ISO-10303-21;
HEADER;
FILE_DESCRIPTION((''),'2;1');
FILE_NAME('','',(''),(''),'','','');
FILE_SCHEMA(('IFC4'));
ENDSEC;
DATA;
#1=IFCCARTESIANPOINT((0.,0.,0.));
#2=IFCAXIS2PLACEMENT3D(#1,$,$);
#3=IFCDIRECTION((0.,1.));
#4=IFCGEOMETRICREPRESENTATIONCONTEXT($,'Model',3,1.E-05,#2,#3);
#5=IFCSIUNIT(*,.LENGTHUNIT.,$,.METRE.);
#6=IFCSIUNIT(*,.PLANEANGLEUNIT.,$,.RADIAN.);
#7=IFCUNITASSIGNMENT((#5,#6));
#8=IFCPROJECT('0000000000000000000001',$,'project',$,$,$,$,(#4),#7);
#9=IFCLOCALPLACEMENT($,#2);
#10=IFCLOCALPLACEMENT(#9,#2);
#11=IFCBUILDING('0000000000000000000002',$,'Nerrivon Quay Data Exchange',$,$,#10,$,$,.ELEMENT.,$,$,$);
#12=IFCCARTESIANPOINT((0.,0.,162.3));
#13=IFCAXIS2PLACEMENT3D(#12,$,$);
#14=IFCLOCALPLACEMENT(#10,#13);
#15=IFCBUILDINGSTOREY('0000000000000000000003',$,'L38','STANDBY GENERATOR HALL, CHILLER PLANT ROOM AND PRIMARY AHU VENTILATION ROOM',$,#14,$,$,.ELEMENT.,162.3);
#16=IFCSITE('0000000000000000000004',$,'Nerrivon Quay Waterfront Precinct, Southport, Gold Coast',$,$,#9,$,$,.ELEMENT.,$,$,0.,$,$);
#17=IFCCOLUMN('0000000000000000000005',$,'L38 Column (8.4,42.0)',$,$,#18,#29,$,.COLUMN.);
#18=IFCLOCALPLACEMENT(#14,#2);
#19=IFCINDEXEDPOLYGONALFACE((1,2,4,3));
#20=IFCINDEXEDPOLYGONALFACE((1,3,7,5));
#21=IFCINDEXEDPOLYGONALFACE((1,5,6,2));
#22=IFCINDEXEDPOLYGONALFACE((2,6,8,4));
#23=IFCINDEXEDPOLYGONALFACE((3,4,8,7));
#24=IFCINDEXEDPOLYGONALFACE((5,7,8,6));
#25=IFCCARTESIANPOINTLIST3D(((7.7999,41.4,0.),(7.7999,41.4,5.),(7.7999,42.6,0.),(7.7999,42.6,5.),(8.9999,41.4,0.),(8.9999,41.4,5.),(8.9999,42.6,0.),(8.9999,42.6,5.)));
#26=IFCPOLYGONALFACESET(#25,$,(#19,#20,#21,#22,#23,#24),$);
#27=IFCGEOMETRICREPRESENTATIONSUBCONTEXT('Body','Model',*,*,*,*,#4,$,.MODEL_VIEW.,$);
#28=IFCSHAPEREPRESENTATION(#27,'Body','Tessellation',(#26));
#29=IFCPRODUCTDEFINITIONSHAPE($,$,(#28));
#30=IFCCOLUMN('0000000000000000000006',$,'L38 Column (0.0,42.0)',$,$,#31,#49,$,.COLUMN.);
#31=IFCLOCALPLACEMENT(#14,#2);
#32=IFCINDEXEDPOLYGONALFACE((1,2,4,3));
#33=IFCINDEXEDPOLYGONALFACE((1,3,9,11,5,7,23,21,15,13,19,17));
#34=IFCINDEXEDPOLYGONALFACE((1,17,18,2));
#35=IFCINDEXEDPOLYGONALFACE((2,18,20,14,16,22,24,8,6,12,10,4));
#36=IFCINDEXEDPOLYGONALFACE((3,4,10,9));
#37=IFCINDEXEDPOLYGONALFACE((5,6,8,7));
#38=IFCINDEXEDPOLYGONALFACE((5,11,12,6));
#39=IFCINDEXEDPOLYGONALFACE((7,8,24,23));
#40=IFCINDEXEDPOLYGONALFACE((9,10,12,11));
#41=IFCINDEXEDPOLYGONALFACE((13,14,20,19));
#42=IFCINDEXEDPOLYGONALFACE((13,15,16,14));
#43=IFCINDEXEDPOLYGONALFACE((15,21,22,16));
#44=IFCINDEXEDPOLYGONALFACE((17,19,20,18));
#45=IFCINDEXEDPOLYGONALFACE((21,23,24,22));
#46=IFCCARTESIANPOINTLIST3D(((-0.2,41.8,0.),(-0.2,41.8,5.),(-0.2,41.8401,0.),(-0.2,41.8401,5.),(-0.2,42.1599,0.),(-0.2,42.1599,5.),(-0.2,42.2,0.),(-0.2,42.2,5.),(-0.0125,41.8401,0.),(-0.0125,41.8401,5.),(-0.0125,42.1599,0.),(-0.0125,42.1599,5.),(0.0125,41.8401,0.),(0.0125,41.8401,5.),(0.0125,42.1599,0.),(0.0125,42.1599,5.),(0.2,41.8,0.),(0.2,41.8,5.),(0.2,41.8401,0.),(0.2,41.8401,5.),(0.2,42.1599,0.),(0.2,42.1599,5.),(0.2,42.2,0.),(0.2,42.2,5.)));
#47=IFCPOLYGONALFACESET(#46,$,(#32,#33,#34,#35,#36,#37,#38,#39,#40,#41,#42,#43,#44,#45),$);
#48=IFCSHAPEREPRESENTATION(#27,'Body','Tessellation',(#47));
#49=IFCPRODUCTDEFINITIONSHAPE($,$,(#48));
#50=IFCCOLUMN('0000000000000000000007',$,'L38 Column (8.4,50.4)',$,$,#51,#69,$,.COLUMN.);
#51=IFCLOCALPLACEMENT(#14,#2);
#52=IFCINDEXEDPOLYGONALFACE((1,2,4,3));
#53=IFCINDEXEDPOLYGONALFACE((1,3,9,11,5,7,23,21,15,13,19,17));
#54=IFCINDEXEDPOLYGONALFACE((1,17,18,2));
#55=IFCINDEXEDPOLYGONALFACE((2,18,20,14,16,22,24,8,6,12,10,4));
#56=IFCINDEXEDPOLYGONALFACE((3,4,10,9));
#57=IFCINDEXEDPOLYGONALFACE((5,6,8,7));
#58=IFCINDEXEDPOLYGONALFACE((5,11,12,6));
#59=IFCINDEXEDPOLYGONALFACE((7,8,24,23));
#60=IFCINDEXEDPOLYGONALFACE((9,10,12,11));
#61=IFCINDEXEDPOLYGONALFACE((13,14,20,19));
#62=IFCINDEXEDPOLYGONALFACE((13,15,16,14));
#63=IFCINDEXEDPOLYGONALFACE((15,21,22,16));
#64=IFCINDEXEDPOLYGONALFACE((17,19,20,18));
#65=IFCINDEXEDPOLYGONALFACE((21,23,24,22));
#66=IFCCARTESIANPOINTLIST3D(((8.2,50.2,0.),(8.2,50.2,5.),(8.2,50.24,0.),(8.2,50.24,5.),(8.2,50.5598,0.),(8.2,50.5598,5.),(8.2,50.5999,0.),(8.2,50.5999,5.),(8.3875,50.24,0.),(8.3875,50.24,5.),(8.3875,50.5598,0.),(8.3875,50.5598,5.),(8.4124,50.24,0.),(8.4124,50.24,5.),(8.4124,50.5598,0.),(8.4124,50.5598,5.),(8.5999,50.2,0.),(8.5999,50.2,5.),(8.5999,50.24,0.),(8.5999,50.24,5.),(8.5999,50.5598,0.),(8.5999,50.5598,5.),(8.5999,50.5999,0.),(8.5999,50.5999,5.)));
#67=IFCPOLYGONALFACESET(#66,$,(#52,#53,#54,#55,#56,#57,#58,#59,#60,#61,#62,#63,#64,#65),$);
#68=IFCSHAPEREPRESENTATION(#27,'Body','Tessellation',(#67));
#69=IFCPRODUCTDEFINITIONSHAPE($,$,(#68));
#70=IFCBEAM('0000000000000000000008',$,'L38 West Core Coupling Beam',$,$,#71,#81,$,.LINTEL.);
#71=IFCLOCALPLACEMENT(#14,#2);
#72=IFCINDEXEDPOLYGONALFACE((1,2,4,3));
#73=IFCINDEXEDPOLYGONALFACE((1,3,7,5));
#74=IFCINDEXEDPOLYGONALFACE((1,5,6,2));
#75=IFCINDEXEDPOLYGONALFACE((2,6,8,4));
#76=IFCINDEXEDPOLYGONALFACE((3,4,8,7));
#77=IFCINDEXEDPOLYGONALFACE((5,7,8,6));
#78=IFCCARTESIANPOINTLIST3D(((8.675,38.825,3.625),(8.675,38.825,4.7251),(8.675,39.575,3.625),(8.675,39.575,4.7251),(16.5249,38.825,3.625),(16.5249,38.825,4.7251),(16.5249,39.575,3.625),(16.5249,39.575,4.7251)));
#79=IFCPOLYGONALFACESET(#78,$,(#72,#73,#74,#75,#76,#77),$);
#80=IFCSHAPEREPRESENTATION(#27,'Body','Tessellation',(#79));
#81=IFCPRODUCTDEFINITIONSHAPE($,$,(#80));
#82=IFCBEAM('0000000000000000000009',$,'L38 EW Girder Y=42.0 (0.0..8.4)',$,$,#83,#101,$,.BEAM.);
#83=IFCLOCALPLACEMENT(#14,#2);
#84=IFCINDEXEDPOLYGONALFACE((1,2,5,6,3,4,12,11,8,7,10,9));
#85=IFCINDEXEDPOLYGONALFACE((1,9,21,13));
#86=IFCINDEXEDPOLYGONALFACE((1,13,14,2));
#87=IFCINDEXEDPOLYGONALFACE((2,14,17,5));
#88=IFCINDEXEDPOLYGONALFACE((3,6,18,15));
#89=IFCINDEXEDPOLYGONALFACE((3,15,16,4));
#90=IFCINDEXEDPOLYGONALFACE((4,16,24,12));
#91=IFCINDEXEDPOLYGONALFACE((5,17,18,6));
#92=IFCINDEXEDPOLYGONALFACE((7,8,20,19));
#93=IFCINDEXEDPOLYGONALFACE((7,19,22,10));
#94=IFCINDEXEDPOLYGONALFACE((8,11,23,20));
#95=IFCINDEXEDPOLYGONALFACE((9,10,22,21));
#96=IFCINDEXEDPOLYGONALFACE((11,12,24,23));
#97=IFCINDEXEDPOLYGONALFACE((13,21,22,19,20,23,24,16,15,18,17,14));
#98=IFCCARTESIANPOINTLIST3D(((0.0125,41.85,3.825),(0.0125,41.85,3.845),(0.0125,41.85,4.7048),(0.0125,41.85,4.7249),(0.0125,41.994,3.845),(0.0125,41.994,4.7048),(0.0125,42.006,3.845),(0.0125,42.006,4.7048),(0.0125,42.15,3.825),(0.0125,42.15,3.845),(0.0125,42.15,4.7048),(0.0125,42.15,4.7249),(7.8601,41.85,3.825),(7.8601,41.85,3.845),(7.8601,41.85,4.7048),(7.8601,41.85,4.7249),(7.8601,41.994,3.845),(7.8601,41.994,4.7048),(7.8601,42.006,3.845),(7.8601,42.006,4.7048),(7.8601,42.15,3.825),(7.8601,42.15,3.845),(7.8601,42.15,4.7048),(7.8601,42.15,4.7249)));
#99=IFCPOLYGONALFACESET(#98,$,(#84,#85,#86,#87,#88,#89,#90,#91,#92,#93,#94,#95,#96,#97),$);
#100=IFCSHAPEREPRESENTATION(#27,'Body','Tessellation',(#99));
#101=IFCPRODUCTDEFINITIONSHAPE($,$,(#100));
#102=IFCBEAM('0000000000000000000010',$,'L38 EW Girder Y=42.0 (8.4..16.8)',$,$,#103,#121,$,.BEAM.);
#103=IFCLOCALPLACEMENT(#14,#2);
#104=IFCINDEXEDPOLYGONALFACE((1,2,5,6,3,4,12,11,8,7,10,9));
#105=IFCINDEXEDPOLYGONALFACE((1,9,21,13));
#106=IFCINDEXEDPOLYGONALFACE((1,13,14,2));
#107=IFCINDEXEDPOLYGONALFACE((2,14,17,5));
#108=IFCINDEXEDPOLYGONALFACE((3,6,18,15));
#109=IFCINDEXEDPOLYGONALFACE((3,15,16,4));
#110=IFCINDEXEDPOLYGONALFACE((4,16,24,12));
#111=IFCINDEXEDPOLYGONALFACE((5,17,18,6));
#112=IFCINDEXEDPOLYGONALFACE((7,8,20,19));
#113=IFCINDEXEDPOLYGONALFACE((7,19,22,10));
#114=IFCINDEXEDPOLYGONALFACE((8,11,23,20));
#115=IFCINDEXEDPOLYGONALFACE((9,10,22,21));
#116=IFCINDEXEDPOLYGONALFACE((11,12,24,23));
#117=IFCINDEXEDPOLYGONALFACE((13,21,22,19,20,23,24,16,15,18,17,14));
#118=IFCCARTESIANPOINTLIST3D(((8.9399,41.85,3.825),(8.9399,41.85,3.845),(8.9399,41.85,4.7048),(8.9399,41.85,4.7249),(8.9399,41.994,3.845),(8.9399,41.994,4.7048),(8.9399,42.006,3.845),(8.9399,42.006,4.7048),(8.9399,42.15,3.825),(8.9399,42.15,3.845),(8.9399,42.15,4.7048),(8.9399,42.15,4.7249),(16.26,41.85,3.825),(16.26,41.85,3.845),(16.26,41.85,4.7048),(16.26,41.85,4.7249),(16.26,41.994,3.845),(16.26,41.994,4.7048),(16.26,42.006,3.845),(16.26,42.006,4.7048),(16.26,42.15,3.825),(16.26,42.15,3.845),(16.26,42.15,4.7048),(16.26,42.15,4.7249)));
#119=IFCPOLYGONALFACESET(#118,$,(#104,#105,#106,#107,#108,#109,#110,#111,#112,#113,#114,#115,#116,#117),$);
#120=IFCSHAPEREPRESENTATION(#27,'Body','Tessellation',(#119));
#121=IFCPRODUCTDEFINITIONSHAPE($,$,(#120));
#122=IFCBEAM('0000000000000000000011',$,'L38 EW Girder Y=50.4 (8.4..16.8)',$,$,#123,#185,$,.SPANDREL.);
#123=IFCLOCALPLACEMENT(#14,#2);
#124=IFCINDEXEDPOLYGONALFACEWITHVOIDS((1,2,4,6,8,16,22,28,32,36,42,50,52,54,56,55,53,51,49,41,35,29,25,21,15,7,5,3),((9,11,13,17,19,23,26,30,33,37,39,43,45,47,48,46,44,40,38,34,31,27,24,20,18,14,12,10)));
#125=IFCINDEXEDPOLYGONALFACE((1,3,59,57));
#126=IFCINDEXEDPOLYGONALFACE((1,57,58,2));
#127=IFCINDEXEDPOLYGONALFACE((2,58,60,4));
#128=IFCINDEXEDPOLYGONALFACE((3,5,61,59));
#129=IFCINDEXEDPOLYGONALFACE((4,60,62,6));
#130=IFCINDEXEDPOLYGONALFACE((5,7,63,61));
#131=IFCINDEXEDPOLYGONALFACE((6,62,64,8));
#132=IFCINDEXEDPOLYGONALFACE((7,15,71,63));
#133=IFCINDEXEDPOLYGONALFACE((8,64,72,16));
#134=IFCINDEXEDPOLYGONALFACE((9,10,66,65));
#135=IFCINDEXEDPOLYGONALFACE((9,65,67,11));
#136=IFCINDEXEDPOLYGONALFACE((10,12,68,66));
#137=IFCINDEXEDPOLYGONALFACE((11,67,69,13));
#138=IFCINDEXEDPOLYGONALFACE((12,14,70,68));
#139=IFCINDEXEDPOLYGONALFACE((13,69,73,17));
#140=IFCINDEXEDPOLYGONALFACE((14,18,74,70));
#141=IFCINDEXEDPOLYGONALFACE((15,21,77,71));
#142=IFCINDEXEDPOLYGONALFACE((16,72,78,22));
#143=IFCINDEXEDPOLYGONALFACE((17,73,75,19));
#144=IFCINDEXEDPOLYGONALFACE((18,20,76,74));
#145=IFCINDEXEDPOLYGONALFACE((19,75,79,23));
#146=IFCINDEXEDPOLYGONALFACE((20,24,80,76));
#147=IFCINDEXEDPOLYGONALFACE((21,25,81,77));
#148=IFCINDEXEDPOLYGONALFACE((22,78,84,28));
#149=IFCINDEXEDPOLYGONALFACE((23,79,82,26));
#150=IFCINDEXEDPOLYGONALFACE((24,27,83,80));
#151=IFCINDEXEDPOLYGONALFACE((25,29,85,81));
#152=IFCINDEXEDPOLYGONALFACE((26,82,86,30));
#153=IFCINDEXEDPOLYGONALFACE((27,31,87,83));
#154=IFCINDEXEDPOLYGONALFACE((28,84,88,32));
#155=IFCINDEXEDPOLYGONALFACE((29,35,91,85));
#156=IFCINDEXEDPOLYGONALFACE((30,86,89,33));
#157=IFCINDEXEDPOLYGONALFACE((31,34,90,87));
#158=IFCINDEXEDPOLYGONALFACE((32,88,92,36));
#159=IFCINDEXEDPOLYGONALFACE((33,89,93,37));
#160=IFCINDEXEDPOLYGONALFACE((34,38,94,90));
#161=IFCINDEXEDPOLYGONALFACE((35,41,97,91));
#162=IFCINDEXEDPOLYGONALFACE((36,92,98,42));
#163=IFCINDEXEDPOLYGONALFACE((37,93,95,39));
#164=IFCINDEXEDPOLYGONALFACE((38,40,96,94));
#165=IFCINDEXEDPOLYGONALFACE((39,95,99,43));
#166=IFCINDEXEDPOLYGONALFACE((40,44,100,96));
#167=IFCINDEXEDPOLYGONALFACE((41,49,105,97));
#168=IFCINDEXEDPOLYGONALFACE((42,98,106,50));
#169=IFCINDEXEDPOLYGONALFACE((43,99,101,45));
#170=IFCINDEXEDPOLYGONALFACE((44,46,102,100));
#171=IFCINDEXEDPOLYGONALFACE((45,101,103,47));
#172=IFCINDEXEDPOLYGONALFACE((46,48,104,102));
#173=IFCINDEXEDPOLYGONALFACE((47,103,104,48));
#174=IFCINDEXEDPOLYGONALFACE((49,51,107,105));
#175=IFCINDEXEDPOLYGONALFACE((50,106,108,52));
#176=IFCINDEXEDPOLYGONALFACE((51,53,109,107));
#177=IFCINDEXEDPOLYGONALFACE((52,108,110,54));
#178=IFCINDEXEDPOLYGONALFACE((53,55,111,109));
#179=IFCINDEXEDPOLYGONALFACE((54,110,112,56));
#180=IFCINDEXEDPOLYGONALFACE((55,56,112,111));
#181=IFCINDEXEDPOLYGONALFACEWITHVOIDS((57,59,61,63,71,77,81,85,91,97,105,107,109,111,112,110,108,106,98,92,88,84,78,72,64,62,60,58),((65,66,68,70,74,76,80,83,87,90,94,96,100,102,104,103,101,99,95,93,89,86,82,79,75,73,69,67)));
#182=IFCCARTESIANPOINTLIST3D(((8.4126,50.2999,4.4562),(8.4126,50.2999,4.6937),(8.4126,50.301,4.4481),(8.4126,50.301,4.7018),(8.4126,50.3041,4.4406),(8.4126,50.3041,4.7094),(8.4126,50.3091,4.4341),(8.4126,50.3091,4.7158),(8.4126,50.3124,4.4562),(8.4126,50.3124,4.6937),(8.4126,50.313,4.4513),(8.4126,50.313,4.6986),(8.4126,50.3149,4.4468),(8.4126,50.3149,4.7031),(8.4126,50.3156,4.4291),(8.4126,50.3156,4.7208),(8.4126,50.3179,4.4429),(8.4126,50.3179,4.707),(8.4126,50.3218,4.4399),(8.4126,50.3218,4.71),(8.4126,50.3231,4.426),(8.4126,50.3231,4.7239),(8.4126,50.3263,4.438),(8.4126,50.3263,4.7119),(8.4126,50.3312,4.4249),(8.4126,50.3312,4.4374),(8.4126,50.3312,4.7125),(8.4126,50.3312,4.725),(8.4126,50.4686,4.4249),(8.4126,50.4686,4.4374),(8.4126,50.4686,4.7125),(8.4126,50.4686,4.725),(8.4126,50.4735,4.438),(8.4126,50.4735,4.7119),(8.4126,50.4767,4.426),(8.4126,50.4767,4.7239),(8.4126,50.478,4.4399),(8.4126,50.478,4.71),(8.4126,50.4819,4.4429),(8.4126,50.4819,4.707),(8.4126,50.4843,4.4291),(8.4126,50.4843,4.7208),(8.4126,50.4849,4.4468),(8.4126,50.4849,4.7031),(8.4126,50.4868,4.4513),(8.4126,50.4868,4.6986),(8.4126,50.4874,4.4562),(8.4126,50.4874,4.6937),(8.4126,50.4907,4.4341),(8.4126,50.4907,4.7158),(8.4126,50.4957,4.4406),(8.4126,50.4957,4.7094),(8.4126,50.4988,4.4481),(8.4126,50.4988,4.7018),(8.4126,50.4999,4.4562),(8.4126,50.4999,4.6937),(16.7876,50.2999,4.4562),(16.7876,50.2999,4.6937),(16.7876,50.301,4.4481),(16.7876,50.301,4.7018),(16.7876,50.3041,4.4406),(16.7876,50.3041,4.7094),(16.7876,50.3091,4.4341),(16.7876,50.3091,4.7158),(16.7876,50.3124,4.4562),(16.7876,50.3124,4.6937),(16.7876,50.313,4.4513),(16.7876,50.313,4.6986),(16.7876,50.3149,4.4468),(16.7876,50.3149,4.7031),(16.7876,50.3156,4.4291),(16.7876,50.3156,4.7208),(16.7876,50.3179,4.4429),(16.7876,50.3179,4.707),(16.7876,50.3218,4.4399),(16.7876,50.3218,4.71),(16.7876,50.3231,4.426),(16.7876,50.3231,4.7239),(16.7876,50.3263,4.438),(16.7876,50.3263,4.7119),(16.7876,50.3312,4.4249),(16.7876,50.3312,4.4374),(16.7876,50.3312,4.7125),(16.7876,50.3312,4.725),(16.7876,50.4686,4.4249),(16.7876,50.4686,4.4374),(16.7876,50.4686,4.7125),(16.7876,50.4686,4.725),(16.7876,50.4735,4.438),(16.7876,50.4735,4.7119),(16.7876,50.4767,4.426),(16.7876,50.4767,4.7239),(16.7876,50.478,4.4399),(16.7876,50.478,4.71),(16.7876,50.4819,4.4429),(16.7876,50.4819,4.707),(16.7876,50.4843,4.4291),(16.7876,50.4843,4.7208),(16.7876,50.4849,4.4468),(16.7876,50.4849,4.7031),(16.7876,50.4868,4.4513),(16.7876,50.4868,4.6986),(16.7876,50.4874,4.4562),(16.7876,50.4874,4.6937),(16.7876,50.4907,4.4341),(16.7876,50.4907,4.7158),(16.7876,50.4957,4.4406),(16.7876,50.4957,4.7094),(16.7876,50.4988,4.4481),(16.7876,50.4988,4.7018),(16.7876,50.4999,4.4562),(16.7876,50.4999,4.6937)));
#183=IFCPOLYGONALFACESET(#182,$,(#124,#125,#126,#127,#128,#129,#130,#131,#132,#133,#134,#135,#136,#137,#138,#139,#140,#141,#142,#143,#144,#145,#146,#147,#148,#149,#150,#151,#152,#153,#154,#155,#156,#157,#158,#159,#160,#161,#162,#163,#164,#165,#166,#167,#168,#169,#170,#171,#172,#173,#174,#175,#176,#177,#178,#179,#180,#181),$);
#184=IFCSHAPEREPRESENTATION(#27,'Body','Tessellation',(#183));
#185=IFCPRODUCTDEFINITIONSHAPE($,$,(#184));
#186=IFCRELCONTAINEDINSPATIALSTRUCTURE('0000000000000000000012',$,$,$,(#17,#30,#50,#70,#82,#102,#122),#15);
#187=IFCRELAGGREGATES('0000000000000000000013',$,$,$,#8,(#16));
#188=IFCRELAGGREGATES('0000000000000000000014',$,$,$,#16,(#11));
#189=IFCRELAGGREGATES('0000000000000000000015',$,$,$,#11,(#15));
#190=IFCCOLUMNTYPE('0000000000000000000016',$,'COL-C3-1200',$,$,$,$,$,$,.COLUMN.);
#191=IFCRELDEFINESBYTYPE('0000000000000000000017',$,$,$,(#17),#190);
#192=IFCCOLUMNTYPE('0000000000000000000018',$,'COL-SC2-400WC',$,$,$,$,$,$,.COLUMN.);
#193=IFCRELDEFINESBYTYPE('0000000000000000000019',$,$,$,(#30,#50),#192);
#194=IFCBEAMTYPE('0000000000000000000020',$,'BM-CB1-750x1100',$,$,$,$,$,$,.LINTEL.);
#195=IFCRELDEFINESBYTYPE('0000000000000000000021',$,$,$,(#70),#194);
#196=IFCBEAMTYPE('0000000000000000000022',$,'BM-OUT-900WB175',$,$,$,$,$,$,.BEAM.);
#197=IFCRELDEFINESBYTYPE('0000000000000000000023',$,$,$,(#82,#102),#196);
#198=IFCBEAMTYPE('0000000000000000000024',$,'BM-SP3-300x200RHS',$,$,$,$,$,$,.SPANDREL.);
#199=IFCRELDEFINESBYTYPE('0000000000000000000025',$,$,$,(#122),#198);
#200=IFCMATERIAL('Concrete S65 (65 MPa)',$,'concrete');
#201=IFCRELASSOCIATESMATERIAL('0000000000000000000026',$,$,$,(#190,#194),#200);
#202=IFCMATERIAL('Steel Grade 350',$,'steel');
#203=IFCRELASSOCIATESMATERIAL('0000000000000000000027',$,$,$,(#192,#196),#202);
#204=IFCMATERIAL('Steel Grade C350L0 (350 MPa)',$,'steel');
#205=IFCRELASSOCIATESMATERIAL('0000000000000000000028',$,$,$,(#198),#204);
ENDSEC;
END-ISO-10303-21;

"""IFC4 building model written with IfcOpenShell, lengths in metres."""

from ifc_helpers import new_model, si_unit, direction, frame, origin, origin_2d, place, context, subcontext, project, spatial, rectangle, hollow_rectangle, i_section, extrude, material, material_profile, profile_set, type_object, element, save


model = new_model("IFC4")

# Units and contexts
model_context = context("Model", 3, precision=1e-05, world=origin(), true_north=direction((0.0, 1.0)))
body_context = subcontext(model_context, "Body", "Model", "MODEL_VIEW")
ifc_project = project(units=[si_unit("LENGTHUNIT", "METRE"), si_unit("PLANEANGLEUNIT", "RADIAN")], contexts=[model_context])

# Site, building, storey
site_placement = place(None, origin())
site = spatial("IfcSite", under=ifc_project, at=site_placement, Name="Nerrivon Quay Waterfront Precinct, Southport, Gold Coast", CompositionType="ELEMENT", RefElevation=0.0)
building_placement = place(site_placement, origin())
building = spatial("IfcBuilding", under=site, at=building_placement, Name="Nerrivon Quay Data Exchange", CompositionType="ELEMENT")
storey_placement = place(building_placement, frame((0.0, 0.0, 162.3)))
storey = spatial("IfcBuildingStorey", under=building, at=storey_placement, Name="L38", Description="STANDBY GENERATOR HALL, CHILLER PLANT ROOM AND PRIMARY AHU VENTILATION ROOM", CompositionType="ELEMENT", Elevation=162.3)

# Columns
ifc_material_1 = material(Name="Concrete S65 (65 MPa)", Category="concrete")
ifc_material_profile_1 = material_profile(ifc_material_1, rectangle(XDim=1.2, YDim=1.2, at=origin_2d()), Name="RC-COL-1200x1200")
ifc_profile_set_1 = profile_set([ifc_material_profile_1], Name="Concrete S65 (65 MPa)")
column_type_1 = type_object("IfcColumnType", Name="COL-C3-1200", PredefinedType="COLUMN", material=ifc_profile_set_1)
column_placement = place(storey_placement, frame((8.3999, 42.0, 0.0), z_axis=(0.0, 0.0, 1.0), x_axis=(1.0, 0.0, 0.0)))
element("IfcColumn", 1, at=column_placement, inside=storey, type_object=column_type_1, Name="L38 Column (8.4,42.0)", PredefinedType="COLUMN", context=body_context, shape_type="SweptSolid", body=[
    extrude(rectangle(XDim=1.2, YDim=1.2, at=origin_2d()), origin(), (0.0, 0.0, 1.0), 5.0),
])
ifc_material_2 = material(Name="Steel Grade 350", Category="steel")
ifc_material_profile_2 = material_profile(ifc_material_2, i_section(OverallWidth=0.3999, OverallDepth=0.3999, WebThickness=0.0249, FlangeThickness=0.04, at=origin_2d()), Name="400WC328")
ifc_profile_set_2 = profile_set([ifc_material_profile_2], Name="Steel Grade 350")
column_type_2 = type_object("IfcColumnType", Name="COL-SC2-400WC", PredefinedType="COLUMN", material=ifc_profile_set_2)
for number, where, z_axis, x_axis, name in (
    (2, (0.0, 42.0, 0.0), (0.0, 0.0, 1.0), (1.0, 0.0, 0.0), "L38 Column (0.0,42.0)"),
    (3, (8.3999, 50.3999, 0.0), (0.0, 0.0, 1.0), (1.0, 0.0, 0.0), "L38 Column (8.4,50.4)"),
):
    element("IfcColumn", number, at=place(storey_placement, frame(where, z_axis=z_axis, x_axis=x_axis)), inside=storey, type_object=column_type_2, Name=name, PredefinedType="COLUMN", context=body_context, shape_type="SweptSolid", body=[
        extrude(i_section(OverallWidth=0.3999, OverallDepth=0.3999, WebThickness=0.0249, FlangeThickness=0.04, at=origin_2d()), origin(), (0.0, 0.0, 1.0), 5.0),
    ])

# Beams
ifc_material_profile_3 = material_profile(ifc_material_1, rectangle(XDim=0.75, YDim=1.1001, at=origin_2d()), Name="RC-CB-750x1100")
ifc_profile_set_3 = profile_set([ifc_material_profile_3], Name="Concrete S65 (65 MPa)")
beam_type_1 = type_object("IfcBeamType", Name="BM-CB1-750x1100", PredefinedType="LINTEL", material=ifc_profile_set_3)
beam_1_placement = place(storey_placement, frame((8.675, 39.2, 4.175), z_axis=(1.0, 0.0, 0.0), x_axis=(0.0, 1.0, 0.0)))
element("IfcBeam", 4, at=beam_1_placement, inside=storey, type_object=beam_type_1, Name="L38 West Core Coupling Beam", PredefinedType="LINTEL", context=body_context, shape_type="SweptSolid", body=[
    extrude(rectangle(XDim=0.75, YDim=1.1001, at=origin_2d()), origin(), (0.0, 0.0, 1.0), 7.8499),
])
ifc_material_profile_4 = material_profile(ifc_material_2, i_section(OverallWidth=0.3, OverallDepth=0.8999, WebThickness=0.012, FlangeThickness=0.02, at=origin_2d()), Name="900WB175")
ifc_profile_set_4 = profile_set([ifc_material_profile_4], Name="Steel Grade 350")
beam_type_2 = type_object("IfcBeamType", Name="BM-OUT-900WB175", PredefinedType="BEAM", material=ifc_profile_set_4)
beam_2_placement = place(storey_placement, frame((0.0125, 42.0, 4.2749), z_axis=(1.0, 0.0, 0.0), x_axis=(0.0, 1.0, 0.0)))
element("IfcBeam", 5, at=beam_2_placement, inside=storey, type_object=beam_type_2, Name="L38 EW Girder Y=42.0 (0.0..8.4)", PredefinedType="BEAM", context=body_context, shape_type="SweptSolid", body=[
    extrude(i_section(OverallWidth=0.3, OverallDepth=0.8999, WebThickness=0.012, FlangeThickness=0.02, at=origin_2d()), origin(), (0.0, 0.0, 1.0), 7.8477),
])
beam_3_placement = place(storey_placement, frame((8.9399, 42.0, 4.2749), z_axis=(1.0, 0.0, 0.0), x_axis=(0.0, 1.0, 0.0)))
element("IfcBeam", 6, at=beam_3_placement, inside=storey, type_object=beam_type_2, Name="L38 EW Girder Y=42.0 (8.4..16.8)", PredefinedType="BEAM", context=body_context, shape_type="SweptSolid", body=[
    extrude(i_section(OverallWidth=0.3, OverallDepth=0.8999, WebThickness=0.012, FlangeThickness=0.02, at=origin_2d()), origin(), (0.0, 0.0, 1.0), 7.3201),
])
ifc_material_3 = material(Name="Steel Grade C350L0 (350 MPa)", Category="steel")
ifc_material_profile_5 = material_profile(ifc_material_3, hollow_rectangle(XDim=0.2, YDim=0.3, WallThickness=0.0125, InnerFilletRadius=0.0188, OuterFilletRadius=0.0312, at=origin_2d()), Name="300x200x12.5RHS")
ifc_profile_set_5 = profile_set([ifc_material_profile_5], Name="Steel Grade C350L0 (350 MPa)")
beam_type_3 = type_object("IfcBeamType", Name="BM-SP3-300x200RHS", PredefinedType="SPANDREL", material=ifc_profile_set_5)
beam_4_placement = place(storey_placement, frame((8.4126, 50.3999, 4.575), z_axis=(1.0, 0.0, 0.0), x_axis=(0.0, 1.0, 0.0)))
element("IfcBeam", 7, at=beam_4_placement, inside=storey, type_object=beam_type_3, Name="L38 EW Girder Y=50.4 (8.4..16.8)", PredefinedType="SPANDREL", context=body_context, shape_type="SweptSolid", body=[
    extrude(hollow_rectangle(XDim=0.2, YDim=0.3, WallThickness=0.0125, InnerFilletRadius=0.0188, OuterFilletRadius=0.0312, at=origin_2d()), origin(), (0.0, 0.0, 1.0), 8.375),
])

save(model, "model.ifc")
